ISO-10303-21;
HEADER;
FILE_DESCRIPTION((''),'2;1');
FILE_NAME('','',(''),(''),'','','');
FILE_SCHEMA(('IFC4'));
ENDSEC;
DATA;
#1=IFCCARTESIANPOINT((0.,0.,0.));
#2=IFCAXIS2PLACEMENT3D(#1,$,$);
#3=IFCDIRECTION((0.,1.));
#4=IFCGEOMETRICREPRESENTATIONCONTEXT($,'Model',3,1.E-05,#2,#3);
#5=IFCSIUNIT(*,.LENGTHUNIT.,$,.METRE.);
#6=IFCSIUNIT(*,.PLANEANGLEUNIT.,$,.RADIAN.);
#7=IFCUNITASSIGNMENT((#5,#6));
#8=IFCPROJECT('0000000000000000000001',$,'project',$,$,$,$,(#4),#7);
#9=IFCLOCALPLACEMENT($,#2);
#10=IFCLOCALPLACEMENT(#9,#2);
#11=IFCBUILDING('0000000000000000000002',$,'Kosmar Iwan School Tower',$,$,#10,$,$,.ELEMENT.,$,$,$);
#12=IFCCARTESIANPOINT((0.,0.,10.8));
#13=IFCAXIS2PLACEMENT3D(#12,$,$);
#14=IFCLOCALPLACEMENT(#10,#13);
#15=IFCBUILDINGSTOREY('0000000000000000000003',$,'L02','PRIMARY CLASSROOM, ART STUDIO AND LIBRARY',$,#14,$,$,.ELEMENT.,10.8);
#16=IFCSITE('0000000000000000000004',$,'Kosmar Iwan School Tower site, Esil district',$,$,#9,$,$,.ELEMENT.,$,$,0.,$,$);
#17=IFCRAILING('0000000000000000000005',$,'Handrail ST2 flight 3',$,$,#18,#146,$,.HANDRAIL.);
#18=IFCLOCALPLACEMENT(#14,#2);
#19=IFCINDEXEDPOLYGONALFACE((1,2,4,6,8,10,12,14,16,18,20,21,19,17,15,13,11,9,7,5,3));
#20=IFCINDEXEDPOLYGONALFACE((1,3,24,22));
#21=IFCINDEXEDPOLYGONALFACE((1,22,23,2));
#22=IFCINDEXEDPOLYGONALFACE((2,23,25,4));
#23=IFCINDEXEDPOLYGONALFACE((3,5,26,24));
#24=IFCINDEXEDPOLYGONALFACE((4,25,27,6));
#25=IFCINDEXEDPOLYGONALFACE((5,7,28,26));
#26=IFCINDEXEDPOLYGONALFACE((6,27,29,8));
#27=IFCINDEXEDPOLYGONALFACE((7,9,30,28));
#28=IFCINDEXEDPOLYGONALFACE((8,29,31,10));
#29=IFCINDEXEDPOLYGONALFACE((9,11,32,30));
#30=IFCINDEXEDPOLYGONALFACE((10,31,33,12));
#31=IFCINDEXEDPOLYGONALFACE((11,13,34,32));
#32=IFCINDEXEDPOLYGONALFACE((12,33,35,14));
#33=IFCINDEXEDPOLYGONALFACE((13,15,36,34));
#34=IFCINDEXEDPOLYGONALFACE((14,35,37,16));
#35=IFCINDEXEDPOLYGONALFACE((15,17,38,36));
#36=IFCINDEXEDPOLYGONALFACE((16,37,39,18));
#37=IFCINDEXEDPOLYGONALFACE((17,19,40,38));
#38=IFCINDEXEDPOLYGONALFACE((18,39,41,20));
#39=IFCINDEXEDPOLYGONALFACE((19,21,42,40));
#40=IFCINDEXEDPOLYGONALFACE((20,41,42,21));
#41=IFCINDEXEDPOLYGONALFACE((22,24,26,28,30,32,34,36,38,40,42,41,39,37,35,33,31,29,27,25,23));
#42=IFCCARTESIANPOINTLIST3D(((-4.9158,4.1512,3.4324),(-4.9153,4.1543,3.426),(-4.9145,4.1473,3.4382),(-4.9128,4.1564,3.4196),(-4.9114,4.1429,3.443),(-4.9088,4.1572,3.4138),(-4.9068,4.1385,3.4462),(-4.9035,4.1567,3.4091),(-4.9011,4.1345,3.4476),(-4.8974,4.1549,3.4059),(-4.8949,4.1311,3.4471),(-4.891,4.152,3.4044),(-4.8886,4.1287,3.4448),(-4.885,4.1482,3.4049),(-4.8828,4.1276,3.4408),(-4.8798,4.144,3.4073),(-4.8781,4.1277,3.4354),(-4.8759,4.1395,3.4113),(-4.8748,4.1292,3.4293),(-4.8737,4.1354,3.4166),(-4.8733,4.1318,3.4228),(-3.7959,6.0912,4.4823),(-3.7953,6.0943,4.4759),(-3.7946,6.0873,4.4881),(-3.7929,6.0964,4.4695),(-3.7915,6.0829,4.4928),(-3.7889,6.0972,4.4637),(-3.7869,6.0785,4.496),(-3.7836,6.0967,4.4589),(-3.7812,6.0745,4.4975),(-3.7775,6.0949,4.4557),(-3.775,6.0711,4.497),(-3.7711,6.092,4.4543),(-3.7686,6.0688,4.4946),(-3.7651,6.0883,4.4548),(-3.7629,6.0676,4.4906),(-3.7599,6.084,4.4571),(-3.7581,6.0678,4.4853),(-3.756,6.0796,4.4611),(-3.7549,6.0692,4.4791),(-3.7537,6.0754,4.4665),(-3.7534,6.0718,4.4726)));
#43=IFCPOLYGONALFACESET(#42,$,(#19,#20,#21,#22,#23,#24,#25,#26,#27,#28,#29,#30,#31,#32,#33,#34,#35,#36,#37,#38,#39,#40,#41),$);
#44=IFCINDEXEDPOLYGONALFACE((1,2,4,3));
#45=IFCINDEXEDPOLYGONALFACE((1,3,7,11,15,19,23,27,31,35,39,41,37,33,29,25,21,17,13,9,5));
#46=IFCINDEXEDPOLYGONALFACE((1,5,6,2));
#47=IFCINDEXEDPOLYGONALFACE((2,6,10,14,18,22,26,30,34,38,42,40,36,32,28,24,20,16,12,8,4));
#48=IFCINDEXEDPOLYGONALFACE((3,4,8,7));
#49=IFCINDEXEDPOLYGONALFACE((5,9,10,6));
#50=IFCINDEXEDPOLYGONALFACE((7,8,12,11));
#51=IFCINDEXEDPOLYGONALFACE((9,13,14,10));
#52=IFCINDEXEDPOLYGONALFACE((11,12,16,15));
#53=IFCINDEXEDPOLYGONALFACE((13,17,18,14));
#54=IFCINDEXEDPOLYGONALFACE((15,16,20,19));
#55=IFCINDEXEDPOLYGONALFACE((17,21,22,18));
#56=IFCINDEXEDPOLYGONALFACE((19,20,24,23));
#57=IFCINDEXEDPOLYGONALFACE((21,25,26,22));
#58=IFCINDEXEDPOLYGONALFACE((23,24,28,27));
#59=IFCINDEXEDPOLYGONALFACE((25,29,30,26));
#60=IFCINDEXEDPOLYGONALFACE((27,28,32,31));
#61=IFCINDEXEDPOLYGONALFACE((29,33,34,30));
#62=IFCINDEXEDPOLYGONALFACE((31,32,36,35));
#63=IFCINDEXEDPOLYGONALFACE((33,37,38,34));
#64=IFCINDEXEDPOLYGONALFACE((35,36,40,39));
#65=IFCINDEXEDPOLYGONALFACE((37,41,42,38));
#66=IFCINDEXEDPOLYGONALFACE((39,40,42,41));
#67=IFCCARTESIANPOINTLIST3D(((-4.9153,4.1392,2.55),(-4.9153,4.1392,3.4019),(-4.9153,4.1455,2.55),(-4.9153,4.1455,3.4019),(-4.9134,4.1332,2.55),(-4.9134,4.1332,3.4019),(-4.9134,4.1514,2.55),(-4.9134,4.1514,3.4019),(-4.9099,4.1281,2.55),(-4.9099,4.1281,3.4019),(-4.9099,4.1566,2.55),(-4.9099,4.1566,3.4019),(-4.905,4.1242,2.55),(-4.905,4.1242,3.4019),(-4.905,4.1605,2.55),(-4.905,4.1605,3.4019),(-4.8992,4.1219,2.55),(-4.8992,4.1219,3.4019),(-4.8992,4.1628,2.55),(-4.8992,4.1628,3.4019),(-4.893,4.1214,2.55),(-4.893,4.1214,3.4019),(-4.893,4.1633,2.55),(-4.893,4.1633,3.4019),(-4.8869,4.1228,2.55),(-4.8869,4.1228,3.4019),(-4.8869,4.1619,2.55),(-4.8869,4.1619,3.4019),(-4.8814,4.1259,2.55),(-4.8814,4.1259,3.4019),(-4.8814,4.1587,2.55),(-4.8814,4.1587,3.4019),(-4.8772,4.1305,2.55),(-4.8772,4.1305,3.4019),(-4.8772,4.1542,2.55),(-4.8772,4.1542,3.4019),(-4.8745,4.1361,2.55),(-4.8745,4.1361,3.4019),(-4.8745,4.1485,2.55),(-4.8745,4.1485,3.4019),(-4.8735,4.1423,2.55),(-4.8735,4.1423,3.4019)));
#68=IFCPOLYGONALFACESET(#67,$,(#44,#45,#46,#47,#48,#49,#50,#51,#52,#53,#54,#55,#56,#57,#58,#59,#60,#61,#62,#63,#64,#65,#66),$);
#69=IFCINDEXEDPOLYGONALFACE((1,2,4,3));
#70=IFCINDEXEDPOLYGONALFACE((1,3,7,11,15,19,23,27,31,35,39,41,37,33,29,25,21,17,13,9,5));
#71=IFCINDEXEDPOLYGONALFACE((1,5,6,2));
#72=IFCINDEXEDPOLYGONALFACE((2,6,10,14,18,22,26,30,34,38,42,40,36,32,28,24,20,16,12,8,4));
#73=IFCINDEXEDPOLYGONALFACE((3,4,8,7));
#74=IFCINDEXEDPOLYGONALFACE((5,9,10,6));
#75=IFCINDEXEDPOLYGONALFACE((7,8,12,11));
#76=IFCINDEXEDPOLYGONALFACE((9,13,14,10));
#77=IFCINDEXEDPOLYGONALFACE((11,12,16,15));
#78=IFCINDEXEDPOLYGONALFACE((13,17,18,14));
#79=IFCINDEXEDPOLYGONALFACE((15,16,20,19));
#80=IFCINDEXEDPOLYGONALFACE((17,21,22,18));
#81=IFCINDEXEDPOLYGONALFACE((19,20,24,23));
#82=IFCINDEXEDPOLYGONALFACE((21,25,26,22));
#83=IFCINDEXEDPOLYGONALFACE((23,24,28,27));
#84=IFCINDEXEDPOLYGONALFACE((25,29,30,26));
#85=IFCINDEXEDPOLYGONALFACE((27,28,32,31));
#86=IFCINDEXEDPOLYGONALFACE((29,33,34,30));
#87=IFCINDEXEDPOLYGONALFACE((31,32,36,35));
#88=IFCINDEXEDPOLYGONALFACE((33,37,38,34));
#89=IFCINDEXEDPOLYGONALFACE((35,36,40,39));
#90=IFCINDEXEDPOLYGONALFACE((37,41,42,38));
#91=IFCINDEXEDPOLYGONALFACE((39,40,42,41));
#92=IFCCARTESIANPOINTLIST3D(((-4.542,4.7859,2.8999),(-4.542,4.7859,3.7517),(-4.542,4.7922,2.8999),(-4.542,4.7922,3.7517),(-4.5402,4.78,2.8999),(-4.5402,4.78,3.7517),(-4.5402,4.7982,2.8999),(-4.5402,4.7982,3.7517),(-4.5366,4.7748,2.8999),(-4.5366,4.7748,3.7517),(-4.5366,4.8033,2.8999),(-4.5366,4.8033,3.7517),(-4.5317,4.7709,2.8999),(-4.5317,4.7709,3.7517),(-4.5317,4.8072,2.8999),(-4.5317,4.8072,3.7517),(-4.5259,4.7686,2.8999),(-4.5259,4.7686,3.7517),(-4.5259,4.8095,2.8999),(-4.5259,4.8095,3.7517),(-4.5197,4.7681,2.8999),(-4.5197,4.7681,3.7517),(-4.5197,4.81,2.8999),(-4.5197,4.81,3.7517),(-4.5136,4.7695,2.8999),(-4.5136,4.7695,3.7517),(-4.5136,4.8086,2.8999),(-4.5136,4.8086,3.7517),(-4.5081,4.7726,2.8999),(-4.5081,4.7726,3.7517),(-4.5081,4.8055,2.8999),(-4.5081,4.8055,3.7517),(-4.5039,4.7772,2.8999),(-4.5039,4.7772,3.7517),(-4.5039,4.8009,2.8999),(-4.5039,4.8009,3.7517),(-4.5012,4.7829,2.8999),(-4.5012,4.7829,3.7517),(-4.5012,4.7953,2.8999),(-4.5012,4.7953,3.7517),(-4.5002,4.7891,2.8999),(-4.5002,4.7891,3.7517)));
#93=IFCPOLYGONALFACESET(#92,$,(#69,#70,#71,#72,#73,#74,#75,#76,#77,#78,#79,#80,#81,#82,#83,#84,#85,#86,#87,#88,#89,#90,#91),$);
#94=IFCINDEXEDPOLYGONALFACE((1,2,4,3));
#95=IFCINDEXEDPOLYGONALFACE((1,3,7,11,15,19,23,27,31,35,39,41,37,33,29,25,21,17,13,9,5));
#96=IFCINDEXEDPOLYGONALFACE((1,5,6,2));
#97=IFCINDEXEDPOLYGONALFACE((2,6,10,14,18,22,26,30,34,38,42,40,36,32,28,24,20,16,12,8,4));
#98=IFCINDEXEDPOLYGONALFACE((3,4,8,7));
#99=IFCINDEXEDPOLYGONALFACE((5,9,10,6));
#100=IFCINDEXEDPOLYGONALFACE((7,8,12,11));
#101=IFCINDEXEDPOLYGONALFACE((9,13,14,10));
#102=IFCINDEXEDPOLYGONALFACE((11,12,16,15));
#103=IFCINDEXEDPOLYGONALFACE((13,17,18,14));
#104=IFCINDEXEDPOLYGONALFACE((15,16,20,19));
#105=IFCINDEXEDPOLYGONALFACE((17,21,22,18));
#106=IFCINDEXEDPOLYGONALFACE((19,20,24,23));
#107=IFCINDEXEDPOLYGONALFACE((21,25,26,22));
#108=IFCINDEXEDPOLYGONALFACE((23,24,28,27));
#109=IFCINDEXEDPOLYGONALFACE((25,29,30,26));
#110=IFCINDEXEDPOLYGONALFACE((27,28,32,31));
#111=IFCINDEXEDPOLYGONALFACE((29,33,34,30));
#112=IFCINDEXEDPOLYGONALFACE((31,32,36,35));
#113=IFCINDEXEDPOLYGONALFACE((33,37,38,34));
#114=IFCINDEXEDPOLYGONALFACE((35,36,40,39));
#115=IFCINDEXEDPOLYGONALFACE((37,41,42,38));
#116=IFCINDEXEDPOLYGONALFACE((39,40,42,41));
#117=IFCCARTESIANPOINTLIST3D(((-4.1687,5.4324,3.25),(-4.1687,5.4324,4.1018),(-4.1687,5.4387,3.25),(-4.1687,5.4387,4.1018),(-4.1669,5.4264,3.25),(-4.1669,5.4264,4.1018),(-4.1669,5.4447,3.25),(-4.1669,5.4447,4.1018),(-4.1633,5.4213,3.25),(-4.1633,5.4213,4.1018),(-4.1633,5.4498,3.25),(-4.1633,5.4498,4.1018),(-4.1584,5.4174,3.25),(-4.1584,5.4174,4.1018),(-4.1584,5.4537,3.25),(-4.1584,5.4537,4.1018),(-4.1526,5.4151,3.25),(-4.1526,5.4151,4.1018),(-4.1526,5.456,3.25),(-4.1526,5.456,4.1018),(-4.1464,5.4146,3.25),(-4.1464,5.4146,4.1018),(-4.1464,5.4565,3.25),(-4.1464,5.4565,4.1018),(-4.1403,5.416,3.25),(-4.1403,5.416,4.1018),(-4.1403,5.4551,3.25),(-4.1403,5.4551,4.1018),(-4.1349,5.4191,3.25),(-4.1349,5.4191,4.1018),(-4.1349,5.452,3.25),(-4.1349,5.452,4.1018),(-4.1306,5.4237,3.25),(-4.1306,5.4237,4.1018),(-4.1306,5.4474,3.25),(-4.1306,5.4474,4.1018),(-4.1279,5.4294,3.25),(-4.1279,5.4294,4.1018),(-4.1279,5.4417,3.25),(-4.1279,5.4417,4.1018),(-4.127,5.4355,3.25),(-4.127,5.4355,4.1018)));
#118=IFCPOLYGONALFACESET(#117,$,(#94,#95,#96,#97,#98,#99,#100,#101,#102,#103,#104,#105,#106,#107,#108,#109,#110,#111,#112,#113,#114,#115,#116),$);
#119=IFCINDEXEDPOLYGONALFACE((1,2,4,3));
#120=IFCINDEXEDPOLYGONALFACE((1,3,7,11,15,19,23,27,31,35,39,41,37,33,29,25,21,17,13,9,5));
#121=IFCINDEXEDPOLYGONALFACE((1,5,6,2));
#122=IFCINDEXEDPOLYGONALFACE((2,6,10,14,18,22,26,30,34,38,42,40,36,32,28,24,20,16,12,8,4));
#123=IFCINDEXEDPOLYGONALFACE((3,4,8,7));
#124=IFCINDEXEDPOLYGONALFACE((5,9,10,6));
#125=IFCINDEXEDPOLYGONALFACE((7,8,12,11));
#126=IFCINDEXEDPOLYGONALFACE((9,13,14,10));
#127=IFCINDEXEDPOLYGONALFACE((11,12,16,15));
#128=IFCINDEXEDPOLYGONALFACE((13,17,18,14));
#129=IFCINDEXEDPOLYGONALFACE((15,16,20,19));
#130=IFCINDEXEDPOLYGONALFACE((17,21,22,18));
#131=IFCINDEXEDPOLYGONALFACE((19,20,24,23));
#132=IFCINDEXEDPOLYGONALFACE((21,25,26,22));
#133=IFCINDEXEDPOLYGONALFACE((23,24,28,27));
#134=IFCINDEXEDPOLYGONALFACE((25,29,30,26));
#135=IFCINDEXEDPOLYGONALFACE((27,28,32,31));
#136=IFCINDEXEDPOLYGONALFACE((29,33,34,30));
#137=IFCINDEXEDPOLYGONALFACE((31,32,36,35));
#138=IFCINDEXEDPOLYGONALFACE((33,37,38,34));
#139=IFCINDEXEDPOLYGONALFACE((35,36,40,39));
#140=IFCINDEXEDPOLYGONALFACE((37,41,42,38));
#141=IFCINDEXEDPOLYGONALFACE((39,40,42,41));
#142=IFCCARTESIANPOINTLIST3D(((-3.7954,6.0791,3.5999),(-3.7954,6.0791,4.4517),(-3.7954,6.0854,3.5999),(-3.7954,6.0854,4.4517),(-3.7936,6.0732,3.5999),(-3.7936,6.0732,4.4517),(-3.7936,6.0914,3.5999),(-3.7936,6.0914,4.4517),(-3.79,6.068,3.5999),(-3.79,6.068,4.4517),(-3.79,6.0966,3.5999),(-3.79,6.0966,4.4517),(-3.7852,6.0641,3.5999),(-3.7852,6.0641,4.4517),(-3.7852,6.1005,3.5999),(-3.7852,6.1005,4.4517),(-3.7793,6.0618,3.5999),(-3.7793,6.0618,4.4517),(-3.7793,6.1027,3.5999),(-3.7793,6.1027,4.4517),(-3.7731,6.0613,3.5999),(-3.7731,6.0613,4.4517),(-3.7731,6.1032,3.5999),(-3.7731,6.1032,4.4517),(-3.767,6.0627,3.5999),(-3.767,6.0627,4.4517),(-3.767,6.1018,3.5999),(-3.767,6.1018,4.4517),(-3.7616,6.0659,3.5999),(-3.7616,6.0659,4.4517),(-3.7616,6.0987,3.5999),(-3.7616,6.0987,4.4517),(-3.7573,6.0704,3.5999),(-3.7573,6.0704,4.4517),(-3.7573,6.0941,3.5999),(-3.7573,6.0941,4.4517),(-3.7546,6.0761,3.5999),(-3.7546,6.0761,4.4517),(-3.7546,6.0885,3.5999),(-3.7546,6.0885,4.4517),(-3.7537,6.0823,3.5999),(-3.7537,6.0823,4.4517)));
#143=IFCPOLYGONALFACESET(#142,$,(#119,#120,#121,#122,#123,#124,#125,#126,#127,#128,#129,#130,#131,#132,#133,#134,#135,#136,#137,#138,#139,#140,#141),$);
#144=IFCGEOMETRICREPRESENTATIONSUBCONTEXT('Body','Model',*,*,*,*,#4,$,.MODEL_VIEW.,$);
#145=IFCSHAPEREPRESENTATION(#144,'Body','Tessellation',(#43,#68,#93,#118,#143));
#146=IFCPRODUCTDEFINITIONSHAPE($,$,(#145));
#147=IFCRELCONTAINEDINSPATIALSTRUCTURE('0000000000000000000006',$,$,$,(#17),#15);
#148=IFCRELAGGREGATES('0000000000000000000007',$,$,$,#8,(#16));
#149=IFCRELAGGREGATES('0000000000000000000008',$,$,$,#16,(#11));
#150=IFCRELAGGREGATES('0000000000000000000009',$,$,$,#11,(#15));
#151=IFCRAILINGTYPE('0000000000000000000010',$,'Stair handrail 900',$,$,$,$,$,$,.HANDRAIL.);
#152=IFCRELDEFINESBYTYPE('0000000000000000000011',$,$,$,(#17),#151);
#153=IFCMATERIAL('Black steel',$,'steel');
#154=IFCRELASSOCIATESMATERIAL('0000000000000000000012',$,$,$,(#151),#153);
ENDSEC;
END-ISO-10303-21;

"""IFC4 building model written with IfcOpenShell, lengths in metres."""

from ifc_helpers import new_model, si_unit, direction, frame, origin, origin_2d, place, context, subcontext, project, spatial, circle, extrude, material, type_object, element, save


model = new_model("IFC4")

# Units and contexts
model_context = context("Model", 3, precision=1e-05, world=origin(), true_north=direction((0.0, 1.0)))
body_context = subcontext(model_context, "Body", "Model", "MODEL_VIEW")
ifc_project = project(units=[si_unit("LENGTHUNIT", "METRE"), si_unit("PLANEANGLEUNIT", "RADIAN")], contexts=[model_context])

# Site, building, storey
site_placement = place(None, origin())
site = spatial("IfcSite", under=ifc_project, at=site_placement, Name="Kosmar Iwan School Tower site, Esil district", CompositionType="ELEMENT", RefElevation=0.0)
building_placement = place(site_placement, origin())
building = spatial("IfcBuilding", under=site, at=building_placement, Name="Kosmar Iwan School Tower", CompositionType="ELEMENT")
storey_placement = place(building_placement, frame((0.0, 0.0, 10.8)))
storey = spatial("IfcBuildingStorey", under=building, at=storey_placement, Name="L02", Description="PRIMARY CLASSROOM, ART STUDIO AND LIBRARY", CompositionType="ELEMENT", Elevation=10.8)

# Railing
ifc_material_1 = material(Name="Black steel", Category="steel")
railing_type = type_object("IfcRailingType", Name="Stair handrail 900", PredefinedType="HANDRAIL", material=ifc_material_1)
railing_1_placement = place(storey_placement, frame((-4.8945, 4.1423, 2.55)))
element("IfcRailing", 1, at=railing_1_placement, inside=storey, type_object=railing_type, Name="Handrail ST2 flight 3", PredefinedType="HANDRAIL", context=body_context, shape_type="SweptSolid", body=[
    extrude(circle(Radius=0.0239, at=origin_2d()), frame((0.0, 0.0, 0.876), z_axis=(0.452697, 0.784202, 0.424373), x_axis=(-0.866055, 0.499949, 0.0)), (0.0, 0.0, 1.0), 2.4739),
    extrude(circle(Radius=0.021, at=origin_2d()), origin(), (0.0, 0.0, 1.0), 0.8518),
    extrude(circle(Radius=0.021, at=origin_2d()), frame((0.3733, 0.6467, 0.3499)), (0.0, 0.0, 1.0), 0.8518),
    extrude(circle(Radius=0.021, at=origin_2d()), frame((0.7466, 1.2932, 0.7)), (0.0, 0.0, 1.0), 0.8518),
    extrude(circle(Radius=0.021, at=origin_2d()), frame((1.1199, 1.9399, 1.0498)), (0.0, 0.0, 1.0), 0.8518),
])

save(model, "model.ifc")
